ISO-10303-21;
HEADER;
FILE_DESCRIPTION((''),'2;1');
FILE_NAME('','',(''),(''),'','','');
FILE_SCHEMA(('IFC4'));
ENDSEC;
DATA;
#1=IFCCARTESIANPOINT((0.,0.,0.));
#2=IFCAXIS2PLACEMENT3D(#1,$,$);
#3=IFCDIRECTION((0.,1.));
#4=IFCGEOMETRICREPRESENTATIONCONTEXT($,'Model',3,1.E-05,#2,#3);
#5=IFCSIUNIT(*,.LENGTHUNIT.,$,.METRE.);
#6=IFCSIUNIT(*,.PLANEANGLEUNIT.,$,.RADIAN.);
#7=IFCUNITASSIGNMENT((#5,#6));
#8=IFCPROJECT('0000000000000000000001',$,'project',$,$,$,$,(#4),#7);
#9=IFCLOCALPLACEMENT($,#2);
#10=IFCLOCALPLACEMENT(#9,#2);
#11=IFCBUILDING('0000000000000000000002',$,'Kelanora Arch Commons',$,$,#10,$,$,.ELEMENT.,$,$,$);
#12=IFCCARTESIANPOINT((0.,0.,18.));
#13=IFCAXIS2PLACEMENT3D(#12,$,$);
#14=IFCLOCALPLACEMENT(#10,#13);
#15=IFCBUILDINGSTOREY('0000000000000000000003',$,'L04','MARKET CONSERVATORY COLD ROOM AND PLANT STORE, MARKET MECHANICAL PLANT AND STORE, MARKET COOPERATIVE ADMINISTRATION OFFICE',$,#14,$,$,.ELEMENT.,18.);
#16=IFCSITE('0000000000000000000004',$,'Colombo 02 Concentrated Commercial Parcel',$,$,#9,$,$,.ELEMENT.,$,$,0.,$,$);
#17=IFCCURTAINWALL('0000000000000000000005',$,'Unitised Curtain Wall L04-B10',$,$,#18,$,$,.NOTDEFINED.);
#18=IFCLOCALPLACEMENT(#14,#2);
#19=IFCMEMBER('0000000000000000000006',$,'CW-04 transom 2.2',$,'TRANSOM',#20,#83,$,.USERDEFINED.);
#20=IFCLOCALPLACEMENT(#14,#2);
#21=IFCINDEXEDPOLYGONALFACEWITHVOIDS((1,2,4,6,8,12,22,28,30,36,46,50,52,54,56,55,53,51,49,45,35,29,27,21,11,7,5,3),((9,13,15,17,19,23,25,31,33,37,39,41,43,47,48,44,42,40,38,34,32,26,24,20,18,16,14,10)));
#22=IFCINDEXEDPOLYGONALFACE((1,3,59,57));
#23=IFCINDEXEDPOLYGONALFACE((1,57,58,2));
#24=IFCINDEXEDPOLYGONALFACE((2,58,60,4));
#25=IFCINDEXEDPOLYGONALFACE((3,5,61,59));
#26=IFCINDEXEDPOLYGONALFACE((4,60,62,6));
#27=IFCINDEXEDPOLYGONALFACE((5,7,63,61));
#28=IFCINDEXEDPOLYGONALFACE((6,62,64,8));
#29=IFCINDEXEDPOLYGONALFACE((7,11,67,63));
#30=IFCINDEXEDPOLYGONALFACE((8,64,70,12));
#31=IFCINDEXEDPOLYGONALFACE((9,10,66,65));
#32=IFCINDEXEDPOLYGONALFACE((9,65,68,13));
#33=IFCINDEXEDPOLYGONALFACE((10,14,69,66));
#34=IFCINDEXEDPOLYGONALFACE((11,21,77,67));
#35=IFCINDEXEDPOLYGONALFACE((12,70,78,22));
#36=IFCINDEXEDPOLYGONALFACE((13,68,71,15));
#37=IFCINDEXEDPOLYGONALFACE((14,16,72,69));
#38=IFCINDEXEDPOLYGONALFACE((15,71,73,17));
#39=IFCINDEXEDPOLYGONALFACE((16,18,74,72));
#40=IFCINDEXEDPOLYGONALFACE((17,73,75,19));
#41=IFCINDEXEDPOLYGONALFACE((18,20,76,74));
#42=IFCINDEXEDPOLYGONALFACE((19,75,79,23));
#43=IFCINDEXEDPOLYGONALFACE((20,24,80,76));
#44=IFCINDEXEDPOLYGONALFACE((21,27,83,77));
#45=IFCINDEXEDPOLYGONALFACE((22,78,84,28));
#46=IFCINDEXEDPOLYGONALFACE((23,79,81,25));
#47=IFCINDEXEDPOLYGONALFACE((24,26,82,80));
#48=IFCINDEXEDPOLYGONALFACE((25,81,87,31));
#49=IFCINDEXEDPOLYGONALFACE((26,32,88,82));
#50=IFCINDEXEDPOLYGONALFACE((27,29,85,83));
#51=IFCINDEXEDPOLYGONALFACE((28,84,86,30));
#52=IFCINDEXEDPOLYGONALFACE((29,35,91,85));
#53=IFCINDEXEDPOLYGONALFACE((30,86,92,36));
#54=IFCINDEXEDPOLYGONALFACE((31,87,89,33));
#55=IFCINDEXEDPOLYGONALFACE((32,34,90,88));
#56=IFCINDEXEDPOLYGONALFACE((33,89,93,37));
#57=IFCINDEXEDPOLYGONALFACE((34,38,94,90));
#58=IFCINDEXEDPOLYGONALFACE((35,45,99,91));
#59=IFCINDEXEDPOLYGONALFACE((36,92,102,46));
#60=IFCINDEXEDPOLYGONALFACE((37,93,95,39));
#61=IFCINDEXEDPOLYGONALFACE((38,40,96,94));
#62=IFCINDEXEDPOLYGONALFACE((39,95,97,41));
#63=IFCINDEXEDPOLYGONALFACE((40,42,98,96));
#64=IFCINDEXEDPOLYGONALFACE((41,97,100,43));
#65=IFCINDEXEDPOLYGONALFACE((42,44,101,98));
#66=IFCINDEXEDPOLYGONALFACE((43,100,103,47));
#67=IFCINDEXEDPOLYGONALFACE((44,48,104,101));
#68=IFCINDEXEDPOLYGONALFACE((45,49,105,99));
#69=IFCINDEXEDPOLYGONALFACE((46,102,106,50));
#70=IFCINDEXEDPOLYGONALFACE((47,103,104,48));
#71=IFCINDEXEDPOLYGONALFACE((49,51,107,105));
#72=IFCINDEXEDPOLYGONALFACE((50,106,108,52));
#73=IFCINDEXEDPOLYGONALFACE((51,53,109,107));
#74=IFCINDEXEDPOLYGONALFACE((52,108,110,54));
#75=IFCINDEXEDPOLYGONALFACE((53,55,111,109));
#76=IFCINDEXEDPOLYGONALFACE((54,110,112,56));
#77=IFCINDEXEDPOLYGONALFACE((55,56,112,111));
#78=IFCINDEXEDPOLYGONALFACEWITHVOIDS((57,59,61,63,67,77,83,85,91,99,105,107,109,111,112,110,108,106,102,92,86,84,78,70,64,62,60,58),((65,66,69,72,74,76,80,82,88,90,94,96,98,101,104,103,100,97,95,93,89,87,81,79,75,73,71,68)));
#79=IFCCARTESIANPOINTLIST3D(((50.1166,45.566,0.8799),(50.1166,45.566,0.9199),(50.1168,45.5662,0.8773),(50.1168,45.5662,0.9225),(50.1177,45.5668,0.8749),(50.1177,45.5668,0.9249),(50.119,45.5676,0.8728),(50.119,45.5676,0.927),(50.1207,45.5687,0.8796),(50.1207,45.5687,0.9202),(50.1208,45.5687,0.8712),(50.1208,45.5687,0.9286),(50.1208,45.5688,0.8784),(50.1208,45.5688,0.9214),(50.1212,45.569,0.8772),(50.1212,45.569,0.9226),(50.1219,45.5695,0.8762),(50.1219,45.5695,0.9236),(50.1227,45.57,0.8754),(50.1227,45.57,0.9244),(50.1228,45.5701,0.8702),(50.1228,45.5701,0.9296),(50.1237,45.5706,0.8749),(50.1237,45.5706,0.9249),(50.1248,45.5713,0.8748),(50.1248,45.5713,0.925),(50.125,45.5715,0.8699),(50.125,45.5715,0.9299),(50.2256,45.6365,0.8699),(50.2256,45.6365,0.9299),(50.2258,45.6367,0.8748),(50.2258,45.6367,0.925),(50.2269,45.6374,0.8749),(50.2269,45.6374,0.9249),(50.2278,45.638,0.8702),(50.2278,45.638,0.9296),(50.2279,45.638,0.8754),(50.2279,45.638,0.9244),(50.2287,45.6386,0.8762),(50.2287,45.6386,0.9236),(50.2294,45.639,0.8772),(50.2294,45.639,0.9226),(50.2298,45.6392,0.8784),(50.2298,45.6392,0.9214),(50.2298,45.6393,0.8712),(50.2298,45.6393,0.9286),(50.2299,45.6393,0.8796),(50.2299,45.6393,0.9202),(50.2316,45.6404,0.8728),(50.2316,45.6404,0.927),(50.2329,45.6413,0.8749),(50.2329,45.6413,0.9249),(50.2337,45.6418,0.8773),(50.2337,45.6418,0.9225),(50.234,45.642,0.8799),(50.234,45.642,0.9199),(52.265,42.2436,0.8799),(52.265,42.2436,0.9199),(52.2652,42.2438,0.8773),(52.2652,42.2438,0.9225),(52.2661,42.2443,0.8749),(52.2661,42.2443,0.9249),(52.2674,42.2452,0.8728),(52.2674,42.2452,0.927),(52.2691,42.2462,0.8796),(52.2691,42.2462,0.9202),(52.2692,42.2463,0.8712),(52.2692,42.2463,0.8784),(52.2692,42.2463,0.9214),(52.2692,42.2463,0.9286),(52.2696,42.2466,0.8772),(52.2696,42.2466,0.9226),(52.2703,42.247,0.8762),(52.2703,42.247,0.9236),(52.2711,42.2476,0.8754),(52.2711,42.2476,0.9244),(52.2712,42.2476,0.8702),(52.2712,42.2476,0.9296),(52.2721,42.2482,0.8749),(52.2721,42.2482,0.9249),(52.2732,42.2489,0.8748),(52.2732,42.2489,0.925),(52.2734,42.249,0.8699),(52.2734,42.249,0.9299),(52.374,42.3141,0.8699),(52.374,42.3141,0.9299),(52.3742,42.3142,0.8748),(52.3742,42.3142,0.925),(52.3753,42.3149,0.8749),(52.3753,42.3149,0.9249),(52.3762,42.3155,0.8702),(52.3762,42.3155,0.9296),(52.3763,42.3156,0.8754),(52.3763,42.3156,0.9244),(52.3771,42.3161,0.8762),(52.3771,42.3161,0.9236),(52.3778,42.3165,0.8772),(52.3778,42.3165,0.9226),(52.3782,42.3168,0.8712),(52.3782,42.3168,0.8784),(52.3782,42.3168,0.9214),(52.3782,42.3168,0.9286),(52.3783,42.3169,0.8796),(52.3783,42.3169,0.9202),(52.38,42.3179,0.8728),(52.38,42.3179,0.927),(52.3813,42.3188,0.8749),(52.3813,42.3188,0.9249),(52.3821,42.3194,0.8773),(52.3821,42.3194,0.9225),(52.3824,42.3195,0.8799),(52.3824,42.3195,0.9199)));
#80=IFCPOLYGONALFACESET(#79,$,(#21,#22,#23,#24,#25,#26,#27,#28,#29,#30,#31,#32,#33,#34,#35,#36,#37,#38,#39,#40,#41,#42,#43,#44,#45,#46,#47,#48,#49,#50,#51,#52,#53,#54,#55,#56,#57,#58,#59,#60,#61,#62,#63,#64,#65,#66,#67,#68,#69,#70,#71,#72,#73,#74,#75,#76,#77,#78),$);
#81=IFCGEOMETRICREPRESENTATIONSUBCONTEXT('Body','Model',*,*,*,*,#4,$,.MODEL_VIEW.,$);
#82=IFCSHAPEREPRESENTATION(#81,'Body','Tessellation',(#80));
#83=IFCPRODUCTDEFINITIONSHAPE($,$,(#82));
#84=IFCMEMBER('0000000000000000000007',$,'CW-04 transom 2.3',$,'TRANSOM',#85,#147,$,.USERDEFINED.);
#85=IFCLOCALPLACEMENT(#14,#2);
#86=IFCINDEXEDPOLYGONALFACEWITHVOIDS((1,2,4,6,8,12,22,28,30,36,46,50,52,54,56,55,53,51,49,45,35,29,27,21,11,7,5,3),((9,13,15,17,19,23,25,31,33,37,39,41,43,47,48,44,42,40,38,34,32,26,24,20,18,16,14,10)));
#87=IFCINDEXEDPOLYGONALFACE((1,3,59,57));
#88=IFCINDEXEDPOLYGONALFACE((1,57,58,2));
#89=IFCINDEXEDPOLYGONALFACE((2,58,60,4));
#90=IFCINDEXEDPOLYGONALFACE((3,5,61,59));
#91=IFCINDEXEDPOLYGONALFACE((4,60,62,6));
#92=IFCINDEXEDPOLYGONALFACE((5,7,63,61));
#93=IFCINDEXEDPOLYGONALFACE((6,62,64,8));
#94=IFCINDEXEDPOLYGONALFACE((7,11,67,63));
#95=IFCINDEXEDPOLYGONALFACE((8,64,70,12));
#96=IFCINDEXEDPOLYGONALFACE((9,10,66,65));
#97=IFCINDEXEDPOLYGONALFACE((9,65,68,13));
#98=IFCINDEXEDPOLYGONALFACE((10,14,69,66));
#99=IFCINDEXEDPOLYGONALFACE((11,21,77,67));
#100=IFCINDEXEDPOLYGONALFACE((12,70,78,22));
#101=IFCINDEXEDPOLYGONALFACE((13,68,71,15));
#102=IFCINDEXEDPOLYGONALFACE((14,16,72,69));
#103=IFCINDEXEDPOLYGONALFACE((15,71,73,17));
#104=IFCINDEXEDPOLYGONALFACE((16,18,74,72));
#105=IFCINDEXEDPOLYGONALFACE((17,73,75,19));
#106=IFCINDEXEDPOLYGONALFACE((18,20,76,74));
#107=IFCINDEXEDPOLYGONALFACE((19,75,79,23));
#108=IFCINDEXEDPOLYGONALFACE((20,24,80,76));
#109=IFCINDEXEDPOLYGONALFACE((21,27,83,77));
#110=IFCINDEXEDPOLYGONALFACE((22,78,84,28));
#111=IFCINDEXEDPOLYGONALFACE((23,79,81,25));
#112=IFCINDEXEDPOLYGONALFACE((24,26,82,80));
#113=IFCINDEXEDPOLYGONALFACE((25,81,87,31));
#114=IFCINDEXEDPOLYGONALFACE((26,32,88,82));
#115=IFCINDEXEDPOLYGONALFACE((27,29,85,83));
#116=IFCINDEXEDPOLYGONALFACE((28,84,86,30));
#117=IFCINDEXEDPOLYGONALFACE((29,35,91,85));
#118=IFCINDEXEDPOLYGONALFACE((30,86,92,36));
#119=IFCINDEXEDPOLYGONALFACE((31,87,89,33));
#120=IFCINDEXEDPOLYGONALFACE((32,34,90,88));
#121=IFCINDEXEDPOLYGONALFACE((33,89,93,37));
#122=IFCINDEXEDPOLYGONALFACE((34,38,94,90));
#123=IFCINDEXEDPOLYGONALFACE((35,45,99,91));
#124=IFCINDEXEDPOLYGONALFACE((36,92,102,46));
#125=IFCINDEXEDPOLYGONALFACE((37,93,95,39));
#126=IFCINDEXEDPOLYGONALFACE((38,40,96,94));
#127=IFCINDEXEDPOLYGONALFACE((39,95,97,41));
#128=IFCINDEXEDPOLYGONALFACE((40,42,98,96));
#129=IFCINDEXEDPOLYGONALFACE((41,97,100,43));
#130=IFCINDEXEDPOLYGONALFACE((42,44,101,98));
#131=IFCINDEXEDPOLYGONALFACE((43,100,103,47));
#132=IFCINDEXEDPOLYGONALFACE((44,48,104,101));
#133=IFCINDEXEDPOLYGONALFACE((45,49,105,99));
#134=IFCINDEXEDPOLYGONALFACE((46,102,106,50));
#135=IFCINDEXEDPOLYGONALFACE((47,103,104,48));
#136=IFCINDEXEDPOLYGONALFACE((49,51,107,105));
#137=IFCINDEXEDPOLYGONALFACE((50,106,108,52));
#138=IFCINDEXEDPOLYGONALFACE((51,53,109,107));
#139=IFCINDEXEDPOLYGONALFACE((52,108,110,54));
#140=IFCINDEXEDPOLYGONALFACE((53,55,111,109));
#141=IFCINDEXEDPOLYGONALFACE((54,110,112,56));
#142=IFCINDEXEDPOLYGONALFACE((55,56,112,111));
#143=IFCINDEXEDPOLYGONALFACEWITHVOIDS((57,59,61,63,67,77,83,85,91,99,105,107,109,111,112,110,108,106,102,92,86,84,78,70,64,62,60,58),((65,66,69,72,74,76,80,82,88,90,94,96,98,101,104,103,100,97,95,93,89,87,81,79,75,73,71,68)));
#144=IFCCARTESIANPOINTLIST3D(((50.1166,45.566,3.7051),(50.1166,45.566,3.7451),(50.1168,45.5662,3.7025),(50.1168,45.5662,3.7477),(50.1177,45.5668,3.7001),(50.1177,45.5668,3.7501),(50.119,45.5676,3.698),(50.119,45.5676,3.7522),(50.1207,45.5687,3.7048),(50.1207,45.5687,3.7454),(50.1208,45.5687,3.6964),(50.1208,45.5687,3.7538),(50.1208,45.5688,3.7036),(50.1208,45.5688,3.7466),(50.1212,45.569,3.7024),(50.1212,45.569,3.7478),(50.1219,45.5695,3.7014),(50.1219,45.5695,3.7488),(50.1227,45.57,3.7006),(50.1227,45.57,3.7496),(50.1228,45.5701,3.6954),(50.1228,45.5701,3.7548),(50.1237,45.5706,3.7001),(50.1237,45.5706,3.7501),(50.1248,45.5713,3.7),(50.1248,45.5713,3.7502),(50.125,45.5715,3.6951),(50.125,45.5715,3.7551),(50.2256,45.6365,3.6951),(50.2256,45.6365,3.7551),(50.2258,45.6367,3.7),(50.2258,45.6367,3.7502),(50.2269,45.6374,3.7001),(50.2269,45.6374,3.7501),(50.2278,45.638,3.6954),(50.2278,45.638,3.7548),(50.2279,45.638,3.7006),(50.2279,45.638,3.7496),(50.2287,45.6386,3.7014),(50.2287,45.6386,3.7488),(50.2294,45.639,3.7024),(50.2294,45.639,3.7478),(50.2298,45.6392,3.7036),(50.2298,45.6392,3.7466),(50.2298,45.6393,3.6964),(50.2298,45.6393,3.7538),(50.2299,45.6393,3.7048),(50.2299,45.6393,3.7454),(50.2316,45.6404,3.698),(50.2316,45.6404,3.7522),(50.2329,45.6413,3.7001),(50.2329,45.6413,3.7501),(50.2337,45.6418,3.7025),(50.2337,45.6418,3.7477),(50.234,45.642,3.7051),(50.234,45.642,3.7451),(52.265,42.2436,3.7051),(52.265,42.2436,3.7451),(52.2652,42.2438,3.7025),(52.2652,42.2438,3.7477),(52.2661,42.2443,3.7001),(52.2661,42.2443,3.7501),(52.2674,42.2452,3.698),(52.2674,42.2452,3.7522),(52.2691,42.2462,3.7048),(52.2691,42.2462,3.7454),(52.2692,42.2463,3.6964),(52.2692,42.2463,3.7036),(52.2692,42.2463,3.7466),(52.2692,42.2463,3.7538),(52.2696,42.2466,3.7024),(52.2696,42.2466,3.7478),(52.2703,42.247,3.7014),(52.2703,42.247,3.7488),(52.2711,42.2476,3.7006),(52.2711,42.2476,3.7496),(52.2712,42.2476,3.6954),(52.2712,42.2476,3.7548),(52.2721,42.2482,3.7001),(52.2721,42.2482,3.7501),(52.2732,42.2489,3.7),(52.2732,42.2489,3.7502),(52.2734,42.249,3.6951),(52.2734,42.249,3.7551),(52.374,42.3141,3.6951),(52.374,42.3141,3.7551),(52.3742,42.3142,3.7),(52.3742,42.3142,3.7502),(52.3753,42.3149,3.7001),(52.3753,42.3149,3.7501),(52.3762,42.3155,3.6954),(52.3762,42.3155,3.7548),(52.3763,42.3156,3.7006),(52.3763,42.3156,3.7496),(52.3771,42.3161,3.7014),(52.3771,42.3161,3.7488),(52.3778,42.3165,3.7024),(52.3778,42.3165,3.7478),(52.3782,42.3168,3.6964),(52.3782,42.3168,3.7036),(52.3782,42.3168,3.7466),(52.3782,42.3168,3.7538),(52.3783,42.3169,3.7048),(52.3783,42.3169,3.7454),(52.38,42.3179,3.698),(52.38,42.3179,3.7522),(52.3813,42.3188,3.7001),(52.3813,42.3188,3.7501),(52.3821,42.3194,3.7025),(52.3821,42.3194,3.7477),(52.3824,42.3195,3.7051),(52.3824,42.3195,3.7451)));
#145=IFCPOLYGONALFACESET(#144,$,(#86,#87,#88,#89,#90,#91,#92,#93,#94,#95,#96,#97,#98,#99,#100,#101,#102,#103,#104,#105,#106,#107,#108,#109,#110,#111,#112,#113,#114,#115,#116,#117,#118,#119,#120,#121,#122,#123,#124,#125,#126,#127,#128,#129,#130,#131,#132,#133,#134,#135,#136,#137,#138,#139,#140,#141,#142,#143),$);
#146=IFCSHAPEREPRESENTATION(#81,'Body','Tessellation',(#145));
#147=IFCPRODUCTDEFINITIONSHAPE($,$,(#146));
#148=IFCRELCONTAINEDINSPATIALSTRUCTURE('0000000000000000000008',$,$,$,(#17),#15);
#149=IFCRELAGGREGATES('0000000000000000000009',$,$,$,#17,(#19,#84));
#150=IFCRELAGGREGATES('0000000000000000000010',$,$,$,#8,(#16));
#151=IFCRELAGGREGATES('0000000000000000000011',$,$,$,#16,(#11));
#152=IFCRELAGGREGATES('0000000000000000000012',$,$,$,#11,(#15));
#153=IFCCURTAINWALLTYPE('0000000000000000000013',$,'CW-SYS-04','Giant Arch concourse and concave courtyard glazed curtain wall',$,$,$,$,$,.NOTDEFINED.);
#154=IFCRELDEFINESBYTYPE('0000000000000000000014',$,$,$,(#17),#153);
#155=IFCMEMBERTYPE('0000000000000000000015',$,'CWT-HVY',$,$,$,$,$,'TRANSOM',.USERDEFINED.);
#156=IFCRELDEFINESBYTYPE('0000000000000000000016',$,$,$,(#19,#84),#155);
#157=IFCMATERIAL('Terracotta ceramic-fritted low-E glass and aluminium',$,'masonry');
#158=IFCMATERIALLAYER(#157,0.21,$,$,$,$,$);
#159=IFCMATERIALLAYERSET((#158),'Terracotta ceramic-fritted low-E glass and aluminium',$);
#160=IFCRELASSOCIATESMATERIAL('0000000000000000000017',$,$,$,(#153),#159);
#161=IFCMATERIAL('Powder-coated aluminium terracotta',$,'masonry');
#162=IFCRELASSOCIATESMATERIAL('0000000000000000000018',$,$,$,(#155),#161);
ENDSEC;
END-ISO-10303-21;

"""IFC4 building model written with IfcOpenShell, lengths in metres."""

from ifc_helpers import new_model, si_unit, direction, frame, origin, origin_2d, place, context, subcontext, project, spatial, hollow_rectangle, extrude, material, layer, layer_set, material_profile, profile_set, type_object, element, aggregate, save


model = new_model("IFC4")

# Units and contexts
model_context = context("Model", 3, precision=1e-05, world=origin(), true_north=direction((0.0, 1.0)))
body_context = subcontext(model_context, "Body", "Model", "MODEL_VIEW")
ifc_project = project(units=[si_unit("LENGTHUNIT", "METRE"), si_unit("PLANEANGLEUNIT", "RADIAN")], contexts=[model_context])

# Site, building, storey
site_placement = place(None, origin())
site = spatial("IfcSite", under=ifc_project, at=site_placement, Name="Colombo 02 Concentrated Commercial Parcel", CompositionType="ELEMENT", RefElevation=0.0)
building_placement = place(site_placement, origin())
building = spatial("IfcBuilding", under=site, at=building_placement, Name="Kelanora Arch Commons", CompositionType="ELEMENT")
storey_placement = place(building_placement, frame((0.0, 0.0, 18.0)))
storey = spatial("IfcBuildingStorey", under=building, at=storey_placement, Name="L04", Description="MARKET CONSERVATORY COLD ROOM AND PLANT STORE, MARKET MECHANICAL PLANT AND STORE, MARKET COOPERATIVE ADMINISTRATION OFFICE", CompositionType="ELEMENT", Elevation=18.0)

# Curtain wall, members
ifc_material_1 = material(Name="Terracotta ceramic-fritted low-E glass and aluminium", Category="masonry")
ifc_layer_1 = layer(ifc_material_1, 0.21)
ifc_layer_set_1 = layer_set([ifc_layer_1], Name="Terracotta ceramic-fritted low-E glass and aluminium")
curtain_wall_type = type_object("IfcCurtainWallType", Name="CW-SYS-04", Description="Giant Arch concourse and concave courtyard glazed curtain wall", PredefinedType="NOTDEFINED", material=ifc_layer_set_1)
curtain_wall_placement = place(storey_placement, origin())
curtain_wall = element("IfcCurtainWall", 1, at=curtain_wall_placement, inside=storey, type_object=curtain_wall_type, Name="Unitised Curtain Wall L04-B10", PredefinedType="NOTDEFINED")
ifc_material_2 = material(Name="Powder-coated aluminium terracotta", Category="masonry")
ifc_material_profile_1 = material_profile(ifc_material_2, hollow_rectangle(XDim=0.1399, YDim=0.0601, WallThickness=0.0049, InnerFilletRadius=0.0049, OuterFilletRadius=0.01, at=origin_2d()), Name="CWT140x60")
ifc_profile_set_1 = profile_set([ifc_material_profile_1], Name="Powder-coated aluminium terracotta")
member_type_1 = type_object("IfcMemberType", Name="CWT-HVY", ElementType="TRANSOM", PredefinedType="USERDEFINED", material=ifc_profile_set_1)
member_1_placement = place(storey_placement, frame((50.1753, 45.604, 0.8999), z_axis=(0.542998, -0.839734, 0.0), x_axis=(0.839734, 0.542998, 0.0)))
member_1 = element("IfcMember", 2, at=member_1_placement, type_object=member_type_1, Name="CW-04 transom 2.2", ObjectType="TRANSOM", PredefinedType="USERDEFINED", context=body_context, shape_type="SweptSolid", body=[
    extrude(hollow_rectangle(XDim=0.1399, YDim=0.0601, WallThickness=0.0049, InnerFilletRadius=0.0049, OuterFilletRadius=0.01, at=origin_2d()), origin(), (0.0, 0.0, 1.0), 3.9565),
])
member_2_placement = place(storey_placement, frame((50.1753, 45.604, 3.7251), z_axis=(0.542998, -0.839734, 0.0), x_axis=(0.839734, 0.542998, 0.0)))
member_2 = element("IfcMember", 3, at=member_2_placement, type_object=member_type_1, Name="CW-04 transom 2.3", ObjectType="TRANSOM", PredefinedType="USERDEFINED", context=body_context, shape_type="SweptSolid", body=[
    extrude(hollow_rectangle(XDim=0.1399, YDim=0.0601, WallThickness=0.0049, InnerFilletRadius=0.0049, OuterFilletRadius=0.01, at=origin_2d()), origin(), (0.0, 0.0, 1.0), 3.9565),
])
aggregate(curtain_wall, [member_1, member_2])

save(model, "model.ifc")
